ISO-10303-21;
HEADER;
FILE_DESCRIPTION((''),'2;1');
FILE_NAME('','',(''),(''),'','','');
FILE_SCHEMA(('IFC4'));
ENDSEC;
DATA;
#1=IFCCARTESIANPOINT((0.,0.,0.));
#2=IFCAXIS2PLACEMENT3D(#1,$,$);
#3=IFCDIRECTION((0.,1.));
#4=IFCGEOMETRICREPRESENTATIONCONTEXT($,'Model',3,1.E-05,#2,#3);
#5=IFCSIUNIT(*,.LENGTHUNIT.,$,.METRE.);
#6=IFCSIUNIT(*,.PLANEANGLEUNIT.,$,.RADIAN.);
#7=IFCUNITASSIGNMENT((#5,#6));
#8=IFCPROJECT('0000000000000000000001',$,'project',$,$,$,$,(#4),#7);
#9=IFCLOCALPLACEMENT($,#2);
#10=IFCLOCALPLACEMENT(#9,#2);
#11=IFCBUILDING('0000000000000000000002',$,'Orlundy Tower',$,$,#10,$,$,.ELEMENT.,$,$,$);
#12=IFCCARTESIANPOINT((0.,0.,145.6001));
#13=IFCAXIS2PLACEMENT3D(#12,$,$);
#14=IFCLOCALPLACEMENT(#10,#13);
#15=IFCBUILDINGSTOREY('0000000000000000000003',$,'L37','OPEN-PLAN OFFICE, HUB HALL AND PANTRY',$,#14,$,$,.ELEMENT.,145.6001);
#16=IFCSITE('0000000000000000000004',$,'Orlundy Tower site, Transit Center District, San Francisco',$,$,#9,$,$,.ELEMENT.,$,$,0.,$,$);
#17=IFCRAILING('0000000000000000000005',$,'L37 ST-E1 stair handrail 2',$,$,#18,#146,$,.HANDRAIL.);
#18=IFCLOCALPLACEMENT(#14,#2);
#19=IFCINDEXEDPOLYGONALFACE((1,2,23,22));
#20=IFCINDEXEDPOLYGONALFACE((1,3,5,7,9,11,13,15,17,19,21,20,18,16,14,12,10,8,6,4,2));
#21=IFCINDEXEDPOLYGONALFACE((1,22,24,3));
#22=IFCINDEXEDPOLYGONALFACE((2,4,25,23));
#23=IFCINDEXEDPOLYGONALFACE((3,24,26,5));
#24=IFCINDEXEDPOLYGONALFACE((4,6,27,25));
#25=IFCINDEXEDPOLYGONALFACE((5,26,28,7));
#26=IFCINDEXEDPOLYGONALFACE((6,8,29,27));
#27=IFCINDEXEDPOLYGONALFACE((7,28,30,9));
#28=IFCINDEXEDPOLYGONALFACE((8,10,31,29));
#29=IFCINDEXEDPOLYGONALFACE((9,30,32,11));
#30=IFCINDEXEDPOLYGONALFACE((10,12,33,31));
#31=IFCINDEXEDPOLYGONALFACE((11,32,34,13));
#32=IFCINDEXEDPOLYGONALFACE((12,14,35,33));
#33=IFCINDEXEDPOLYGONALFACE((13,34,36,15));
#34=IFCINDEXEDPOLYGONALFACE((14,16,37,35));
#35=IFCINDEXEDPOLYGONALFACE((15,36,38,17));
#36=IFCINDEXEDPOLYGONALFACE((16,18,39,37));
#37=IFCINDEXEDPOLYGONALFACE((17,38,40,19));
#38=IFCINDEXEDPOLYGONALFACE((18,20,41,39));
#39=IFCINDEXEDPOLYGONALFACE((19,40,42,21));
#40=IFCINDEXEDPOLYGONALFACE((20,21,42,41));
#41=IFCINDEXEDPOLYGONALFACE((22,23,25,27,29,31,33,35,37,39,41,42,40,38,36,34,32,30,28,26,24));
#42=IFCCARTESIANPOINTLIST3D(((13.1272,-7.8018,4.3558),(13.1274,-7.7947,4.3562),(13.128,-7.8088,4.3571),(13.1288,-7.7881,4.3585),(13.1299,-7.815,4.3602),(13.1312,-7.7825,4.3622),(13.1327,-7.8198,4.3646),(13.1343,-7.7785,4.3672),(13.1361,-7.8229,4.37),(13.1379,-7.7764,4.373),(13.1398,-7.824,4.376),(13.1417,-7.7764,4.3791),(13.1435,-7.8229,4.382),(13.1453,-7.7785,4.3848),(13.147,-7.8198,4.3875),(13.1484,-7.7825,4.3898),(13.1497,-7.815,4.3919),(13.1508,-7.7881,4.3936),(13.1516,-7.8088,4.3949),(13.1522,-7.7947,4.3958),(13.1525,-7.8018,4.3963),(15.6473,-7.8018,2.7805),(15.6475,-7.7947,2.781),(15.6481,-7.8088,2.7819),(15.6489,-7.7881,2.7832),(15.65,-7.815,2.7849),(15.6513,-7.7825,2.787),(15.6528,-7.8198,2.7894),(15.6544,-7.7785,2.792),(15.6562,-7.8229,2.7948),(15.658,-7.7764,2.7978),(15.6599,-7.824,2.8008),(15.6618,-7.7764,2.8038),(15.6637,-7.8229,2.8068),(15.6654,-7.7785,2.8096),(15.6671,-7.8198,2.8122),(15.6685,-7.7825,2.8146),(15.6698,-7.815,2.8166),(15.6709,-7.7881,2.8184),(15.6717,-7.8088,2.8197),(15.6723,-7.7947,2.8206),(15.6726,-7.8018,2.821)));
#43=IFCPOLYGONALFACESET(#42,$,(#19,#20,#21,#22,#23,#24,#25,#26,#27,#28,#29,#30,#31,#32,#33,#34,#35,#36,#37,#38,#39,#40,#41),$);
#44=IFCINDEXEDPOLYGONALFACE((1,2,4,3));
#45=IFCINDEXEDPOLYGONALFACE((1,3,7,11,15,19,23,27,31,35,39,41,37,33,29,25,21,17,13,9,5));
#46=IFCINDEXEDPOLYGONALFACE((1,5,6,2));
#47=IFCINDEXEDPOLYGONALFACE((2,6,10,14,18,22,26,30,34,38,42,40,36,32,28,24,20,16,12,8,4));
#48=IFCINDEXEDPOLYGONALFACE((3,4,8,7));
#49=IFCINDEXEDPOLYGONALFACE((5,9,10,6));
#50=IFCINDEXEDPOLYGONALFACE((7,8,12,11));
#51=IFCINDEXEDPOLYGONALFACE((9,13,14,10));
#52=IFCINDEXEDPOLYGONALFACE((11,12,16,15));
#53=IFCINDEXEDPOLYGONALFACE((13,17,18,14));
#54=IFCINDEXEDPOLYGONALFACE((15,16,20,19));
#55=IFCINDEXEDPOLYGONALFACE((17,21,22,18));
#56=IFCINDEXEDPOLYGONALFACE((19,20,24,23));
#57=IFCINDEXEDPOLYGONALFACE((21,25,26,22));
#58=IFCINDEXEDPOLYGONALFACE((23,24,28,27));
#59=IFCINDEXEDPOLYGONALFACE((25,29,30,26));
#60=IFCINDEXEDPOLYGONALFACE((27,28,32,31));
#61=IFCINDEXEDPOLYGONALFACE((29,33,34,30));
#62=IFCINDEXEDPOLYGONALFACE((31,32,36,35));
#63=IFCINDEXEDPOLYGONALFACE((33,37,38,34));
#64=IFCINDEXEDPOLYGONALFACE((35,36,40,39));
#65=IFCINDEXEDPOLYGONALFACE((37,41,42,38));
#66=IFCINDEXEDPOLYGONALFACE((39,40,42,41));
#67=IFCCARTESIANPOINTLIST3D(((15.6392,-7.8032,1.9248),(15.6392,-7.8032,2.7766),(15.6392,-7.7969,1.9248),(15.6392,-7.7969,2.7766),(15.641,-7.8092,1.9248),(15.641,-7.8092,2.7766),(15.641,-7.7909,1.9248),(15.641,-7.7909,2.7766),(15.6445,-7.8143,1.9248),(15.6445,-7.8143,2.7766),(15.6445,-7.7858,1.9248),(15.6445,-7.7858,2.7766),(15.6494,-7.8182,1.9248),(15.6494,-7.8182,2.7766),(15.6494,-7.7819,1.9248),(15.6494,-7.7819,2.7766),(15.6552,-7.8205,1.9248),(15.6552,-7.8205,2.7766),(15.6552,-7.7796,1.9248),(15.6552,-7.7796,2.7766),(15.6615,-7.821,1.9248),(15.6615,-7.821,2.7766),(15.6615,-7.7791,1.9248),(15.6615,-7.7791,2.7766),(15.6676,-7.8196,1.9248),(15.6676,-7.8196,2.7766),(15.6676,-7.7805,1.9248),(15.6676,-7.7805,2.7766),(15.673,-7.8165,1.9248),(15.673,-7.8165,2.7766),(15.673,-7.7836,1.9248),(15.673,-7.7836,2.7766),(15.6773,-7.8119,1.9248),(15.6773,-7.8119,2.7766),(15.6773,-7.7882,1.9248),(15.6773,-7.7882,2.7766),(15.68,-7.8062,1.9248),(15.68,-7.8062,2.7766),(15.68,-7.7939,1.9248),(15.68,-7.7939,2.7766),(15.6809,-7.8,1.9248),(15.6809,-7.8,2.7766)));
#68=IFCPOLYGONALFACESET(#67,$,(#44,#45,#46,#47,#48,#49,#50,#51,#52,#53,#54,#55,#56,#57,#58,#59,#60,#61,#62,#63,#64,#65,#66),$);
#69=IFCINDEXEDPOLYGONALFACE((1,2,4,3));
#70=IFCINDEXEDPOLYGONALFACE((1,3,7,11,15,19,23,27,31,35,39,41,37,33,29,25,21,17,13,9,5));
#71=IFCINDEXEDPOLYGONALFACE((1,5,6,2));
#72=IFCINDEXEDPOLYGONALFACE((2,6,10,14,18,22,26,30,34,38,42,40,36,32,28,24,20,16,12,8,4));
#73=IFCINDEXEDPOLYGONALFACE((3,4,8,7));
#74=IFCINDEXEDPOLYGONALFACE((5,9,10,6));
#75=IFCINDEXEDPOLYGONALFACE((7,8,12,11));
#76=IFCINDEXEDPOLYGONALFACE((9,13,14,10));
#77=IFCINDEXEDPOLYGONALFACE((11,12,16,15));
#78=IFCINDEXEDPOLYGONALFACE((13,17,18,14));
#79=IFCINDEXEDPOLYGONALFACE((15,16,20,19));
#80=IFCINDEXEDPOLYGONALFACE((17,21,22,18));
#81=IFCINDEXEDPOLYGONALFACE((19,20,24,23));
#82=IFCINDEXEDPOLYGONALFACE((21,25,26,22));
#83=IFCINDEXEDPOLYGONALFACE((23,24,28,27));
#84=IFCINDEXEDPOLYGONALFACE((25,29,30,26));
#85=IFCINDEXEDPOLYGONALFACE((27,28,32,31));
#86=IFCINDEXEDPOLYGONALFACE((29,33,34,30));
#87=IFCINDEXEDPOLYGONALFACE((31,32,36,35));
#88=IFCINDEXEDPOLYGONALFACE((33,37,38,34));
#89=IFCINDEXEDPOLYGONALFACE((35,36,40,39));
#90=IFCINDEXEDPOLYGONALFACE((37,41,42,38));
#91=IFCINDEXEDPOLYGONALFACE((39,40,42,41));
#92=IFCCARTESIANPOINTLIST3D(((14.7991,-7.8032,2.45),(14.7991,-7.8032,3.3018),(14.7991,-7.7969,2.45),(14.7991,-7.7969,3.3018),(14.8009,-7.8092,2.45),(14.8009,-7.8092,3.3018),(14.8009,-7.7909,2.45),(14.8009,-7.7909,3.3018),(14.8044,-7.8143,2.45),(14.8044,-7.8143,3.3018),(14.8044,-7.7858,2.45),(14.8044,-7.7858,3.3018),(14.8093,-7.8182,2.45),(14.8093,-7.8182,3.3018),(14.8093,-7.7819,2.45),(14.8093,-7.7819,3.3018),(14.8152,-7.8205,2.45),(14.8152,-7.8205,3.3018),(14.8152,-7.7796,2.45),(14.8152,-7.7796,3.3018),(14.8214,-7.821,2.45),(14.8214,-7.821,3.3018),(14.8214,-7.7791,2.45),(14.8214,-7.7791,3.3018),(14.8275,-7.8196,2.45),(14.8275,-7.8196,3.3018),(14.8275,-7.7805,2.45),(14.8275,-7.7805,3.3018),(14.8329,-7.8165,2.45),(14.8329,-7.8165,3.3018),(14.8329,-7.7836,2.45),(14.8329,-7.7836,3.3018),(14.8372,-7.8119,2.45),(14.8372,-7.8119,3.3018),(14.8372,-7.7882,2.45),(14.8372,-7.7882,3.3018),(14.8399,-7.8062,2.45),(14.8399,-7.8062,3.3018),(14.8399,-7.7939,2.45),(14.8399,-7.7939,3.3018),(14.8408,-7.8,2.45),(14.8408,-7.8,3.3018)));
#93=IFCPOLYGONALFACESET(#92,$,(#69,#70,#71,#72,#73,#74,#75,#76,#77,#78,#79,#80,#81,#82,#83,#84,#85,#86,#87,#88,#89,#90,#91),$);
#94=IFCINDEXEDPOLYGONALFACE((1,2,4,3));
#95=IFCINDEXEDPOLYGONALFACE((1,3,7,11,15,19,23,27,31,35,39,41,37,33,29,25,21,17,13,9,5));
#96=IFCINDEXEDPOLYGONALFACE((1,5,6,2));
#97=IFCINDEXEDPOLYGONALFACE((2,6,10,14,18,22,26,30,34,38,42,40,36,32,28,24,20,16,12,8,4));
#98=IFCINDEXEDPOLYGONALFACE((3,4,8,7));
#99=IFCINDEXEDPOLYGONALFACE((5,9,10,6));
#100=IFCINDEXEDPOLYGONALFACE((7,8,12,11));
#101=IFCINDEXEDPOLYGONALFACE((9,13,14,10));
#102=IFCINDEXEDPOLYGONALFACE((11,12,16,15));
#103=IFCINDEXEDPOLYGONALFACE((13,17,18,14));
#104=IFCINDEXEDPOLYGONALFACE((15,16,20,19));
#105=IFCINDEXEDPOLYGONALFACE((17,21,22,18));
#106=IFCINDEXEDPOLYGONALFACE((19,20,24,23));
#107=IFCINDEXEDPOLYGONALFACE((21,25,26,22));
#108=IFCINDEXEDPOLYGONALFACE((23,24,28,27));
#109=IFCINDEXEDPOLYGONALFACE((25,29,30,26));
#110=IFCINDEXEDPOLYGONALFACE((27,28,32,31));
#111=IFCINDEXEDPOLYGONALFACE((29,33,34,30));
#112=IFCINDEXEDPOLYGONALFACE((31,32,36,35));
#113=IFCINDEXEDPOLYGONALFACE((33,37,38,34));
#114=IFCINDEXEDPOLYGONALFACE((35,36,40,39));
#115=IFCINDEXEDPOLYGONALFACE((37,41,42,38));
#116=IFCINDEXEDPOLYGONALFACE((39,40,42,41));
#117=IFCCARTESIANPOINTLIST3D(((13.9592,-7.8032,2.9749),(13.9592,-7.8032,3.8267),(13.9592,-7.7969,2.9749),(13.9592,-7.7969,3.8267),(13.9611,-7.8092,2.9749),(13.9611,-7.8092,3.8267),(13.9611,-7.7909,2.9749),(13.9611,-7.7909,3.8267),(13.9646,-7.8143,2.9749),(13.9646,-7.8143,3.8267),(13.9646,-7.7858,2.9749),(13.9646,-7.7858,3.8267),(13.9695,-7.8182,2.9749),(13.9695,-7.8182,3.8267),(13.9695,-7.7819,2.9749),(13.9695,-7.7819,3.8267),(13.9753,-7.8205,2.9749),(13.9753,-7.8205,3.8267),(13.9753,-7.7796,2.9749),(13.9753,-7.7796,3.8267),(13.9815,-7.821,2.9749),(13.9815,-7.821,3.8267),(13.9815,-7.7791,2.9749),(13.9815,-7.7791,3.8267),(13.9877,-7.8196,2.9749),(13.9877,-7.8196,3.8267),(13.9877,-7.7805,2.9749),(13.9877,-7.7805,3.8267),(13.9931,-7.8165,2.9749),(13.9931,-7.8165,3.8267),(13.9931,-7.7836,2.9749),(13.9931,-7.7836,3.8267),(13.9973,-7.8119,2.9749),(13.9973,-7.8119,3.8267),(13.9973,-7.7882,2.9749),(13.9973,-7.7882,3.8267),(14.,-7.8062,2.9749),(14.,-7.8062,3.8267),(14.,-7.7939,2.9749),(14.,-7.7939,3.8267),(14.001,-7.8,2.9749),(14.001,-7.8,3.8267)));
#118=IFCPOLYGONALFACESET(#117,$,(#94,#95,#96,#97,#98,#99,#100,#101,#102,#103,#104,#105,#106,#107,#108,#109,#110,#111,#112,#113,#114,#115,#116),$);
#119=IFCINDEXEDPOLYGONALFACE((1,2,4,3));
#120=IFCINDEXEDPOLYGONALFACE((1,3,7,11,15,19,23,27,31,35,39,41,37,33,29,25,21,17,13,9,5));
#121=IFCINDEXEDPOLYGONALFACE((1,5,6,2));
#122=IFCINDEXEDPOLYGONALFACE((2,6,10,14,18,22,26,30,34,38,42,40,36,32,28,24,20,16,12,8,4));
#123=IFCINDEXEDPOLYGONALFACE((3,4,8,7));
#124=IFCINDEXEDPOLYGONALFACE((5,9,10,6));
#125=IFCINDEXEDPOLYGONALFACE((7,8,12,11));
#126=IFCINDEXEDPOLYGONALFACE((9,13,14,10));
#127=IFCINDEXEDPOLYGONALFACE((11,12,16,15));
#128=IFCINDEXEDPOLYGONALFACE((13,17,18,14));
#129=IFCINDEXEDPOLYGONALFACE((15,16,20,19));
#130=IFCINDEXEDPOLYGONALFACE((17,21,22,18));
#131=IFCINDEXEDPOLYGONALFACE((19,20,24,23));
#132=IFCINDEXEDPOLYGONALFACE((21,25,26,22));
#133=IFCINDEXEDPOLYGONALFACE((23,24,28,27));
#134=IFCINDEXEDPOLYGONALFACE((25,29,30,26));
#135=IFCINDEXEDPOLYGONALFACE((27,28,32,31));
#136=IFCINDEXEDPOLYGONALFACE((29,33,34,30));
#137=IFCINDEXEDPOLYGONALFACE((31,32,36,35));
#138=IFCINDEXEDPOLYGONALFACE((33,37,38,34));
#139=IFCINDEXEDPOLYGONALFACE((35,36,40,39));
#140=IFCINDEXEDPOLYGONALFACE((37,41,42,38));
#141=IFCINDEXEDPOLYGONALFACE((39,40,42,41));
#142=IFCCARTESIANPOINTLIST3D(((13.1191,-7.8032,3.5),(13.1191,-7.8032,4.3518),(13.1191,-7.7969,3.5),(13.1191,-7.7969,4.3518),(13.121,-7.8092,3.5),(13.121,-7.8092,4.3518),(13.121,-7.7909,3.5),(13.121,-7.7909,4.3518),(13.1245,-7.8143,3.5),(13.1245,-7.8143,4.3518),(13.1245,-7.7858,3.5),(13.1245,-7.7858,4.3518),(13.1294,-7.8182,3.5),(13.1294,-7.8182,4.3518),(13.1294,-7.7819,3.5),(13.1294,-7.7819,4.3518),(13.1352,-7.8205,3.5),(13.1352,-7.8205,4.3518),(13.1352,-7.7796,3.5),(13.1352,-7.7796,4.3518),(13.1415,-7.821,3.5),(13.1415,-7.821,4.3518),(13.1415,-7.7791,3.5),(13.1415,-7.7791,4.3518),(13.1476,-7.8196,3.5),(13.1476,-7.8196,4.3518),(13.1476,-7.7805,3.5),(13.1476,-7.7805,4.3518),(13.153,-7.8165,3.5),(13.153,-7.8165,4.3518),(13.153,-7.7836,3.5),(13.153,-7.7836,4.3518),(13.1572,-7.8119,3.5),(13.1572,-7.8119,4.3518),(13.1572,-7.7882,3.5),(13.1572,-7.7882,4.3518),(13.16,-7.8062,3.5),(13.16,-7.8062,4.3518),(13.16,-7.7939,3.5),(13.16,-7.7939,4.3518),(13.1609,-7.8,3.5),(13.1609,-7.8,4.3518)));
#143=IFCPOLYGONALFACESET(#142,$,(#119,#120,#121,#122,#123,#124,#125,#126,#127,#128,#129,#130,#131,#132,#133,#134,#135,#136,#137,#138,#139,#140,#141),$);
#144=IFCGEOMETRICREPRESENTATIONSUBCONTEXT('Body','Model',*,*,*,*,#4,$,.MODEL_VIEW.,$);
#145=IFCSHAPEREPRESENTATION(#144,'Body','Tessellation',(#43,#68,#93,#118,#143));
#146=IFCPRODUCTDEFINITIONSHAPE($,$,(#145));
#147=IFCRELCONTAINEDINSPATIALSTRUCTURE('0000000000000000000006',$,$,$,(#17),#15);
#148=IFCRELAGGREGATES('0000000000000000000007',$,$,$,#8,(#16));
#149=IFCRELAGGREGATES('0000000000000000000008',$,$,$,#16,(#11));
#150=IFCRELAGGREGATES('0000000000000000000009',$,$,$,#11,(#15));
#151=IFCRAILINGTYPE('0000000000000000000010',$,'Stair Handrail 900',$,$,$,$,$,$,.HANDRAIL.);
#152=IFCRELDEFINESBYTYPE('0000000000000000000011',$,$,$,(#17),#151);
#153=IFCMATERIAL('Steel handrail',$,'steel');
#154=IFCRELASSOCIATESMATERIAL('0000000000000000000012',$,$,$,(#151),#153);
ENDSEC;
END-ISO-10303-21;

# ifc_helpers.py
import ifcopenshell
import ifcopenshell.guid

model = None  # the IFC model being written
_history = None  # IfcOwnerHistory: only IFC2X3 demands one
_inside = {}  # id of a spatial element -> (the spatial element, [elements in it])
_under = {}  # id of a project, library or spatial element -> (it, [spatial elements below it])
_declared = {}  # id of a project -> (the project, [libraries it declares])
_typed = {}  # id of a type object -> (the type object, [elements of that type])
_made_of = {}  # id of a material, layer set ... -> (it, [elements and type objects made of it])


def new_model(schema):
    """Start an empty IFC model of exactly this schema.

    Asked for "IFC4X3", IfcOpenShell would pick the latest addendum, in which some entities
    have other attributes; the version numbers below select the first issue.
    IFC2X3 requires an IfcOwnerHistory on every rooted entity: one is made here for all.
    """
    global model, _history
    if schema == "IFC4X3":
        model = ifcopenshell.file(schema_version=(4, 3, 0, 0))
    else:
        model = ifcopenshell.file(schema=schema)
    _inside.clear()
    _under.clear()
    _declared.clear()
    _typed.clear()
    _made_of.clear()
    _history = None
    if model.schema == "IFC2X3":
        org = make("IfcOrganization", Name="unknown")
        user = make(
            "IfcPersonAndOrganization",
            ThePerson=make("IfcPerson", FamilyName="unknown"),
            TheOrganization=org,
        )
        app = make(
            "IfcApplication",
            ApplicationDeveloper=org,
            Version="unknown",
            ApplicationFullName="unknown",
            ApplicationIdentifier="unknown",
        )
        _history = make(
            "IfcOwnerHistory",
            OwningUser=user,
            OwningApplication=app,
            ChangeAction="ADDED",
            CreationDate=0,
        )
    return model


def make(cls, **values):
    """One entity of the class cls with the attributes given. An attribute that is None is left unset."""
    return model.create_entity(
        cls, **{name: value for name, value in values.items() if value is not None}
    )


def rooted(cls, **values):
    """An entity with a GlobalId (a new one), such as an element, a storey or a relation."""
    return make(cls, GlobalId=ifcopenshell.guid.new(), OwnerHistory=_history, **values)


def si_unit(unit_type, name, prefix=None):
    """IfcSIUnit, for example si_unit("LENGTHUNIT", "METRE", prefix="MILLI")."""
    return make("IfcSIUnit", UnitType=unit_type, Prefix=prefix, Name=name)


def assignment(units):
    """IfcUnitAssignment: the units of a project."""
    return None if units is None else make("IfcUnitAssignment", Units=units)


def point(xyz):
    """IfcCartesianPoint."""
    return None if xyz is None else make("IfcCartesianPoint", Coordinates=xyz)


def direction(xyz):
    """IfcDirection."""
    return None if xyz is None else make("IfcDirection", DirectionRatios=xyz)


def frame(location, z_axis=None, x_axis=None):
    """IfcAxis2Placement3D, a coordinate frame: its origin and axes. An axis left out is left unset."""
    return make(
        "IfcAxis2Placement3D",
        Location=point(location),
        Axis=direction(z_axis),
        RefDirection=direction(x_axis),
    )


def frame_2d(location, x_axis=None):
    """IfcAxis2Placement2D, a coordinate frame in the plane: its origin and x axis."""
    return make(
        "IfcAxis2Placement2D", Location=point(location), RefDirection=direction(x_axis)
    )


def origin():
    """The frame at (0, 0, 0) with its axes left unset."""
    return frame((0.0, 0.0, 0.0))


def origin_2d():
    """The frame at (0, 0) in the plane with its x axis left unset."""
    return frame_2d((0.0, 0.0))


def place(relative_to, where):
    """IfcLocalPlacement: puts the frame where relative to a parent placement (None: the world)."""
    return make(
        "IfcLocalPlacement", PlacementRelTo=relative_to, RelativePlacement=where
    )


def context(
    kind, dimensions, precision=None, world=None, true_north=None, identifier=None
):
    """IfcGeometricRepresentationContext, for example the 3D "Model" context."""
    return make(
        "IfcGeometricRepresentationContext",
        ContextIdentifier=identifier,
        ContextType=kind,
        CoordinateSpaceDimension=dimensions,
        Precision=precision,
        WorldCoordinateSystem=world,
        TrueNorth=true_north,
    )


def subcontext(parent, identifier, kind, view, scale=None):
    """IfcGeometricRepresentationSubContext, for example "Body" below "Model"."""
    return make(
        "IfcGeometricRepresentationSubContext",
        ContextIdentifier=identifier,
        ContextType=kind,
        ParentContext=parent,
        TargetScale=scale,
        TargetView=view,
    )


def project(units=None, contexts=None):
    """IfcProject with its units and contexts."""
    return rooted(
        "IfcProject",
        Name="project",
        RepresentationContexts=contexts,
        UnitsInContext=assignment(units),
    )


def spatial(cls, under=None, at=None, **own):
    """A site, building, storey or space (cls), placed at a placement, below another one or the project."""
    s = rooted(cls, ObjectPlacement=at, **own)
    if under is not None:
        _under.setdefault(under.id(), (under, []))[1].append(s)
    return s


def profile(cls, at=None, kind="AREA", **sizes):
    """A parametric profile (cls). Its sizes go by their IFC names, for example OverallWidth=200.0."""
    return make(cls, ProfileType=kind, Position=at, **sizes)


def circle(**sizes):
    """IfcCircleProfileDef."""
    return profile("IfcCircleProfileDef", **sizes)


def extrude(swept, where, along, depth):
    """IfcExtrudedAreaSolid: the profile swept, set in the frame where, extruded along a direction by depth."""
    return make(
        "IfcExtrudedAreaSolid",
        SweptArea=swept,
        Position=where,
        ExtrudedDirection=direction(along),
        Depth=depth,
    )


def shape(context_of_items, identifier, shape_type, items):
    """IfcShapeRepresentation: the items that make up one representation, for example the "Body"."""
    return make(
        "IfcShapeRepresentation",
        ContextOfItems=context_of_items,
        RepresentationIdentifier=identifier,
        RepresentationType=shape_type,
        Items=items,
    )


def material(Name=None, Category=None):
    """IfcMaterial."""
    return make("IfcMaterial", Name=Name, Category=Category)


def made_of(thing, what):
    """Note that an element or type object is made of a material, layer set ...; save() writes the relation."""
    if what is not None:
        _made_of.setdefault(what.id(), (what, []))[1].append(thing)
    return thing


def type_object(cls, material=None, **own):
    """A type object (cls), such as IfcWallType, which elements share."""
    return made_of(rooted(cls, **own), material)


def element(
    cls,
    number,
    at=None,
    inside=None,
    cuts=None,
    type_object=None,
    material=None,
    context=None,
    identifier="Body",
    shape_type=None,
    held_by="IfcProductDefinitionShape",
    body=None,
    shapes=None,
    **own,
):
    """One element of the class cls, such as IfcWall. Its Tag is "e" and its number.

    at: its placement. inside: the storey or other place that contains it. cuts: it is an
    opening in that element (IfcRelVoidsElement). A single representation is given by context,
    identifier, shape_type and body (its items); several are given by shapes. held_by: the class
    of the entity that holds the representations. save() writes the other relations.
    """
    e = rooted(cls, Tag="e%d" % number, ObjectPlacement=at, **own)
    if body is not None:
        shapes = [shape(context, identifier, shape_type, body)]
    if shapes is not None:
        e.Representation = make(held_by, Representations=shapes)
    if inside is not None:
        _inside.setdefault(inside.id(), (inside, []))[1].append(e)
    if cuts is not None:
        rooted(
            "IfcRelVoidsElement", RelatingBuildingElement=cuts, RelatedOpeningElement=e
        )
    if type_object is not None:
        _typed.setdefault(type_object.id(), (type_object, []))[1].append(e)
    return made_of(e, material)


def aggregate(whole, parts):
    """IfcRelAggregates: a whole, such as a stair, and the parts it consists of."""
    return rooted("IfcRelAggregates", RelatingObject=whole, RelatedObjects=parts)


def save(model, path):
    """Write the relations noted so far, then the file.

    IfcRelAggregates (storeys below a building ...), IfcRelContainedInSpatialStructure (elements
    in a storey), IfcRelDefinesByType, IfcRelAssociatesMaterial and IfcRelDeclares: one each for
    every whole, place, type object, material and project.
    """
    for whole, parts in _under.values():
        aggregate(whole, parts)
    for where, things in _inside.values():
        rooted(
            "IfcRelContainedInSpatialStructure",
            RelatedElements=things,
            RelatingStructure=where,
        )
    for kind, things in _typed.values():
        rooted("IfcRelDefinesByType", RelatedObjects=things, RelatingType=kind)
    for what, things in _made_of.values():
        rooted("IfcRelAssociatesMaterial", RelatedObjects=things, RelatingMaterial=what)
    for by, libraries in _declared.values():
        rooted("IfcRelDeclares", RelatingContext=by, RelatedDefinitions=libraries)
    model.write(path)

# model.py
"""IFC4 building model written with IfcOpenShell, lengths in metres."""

from ifc_helpers import new_model, si_unit, direction, frame, origin, origin_2d, place, context, subcontext, project, spatial, circle, extrude, material, type_object, element, save


model = new_model("IFC4")

# Units and contexts
model_context = context("Model", 3, precision=1e-05, world=origin(), true_north=direction((0.0, 1.0)))
body_context = subcontext(model_context, "Body", "Model", "MODEL_VIEW")
ifc_project = project(units=[si_unit("LENGTHUNIT", "METRE"), si_unit("PLANEANGLEUNIT", "RADIAN")], contexts=[model_context])

# Site, building, storey
site_placement = place(None, origin())
site = spatial("IfcSite", under=ifc_project, at=site_placement, Name="Orlundy Tower site, Transit Center District, San Francisco", CompositionType="ELEMENT", RefElevation=0.0)
building_placement = place(site_placement, origin())
building = spatial("IfcBuilding", under=site, at=building_placement, Name="Orlundy Tower", CompositionType="ELEMENT")
storey_placement = place(building_placement, frame((0.0, 0.0, 145.6001)))
storey = spatial("IfcBuildingStorey", under=building, at=storey_placement, Name="L37", Description="OPEN-PLAN OFFICE, HUB HALL AND PANTRY", CompositionType="ELEMENT", Elevation=145.6001)

# Railing
ifc_material_1 = material(Name="Steel handrail", Category="steel")
railing_type_1 = type_object("IfcRailingType", Name="Stair Handrail 900", PredefinedType="HANDRAIL", material=ifc_material_1)
railing_1_placement = place(storey_placement, frame((15.6599, -7.8, 1.9248)))
element("IfcRailing", 1, at=railing_1_placement, inside=storey, type_object=railing_type_1, Name="L37 ST-E1 stair handrail 2", PredefinedType="HANDRAIL", context=body_context, shape_type="SweptSolid", body=[
    extrude(circle(Radius=0.0239, at=origin_2d()), frame((0.0, 0.0, 0.876), z_axis=(-0.847971, 0.0, 0.530043), x_axis=(0.0, -1.0, 0.0)), (0.0, 0.0, 1.0), 2.9719),
    extrude(circle(Radius=0.021, at=origin_2d()), origin(), (0.0, 0.0, 1.0), 0.8518),
    extrude(circle(Radius=0.021, at=origin_2d()), frame((-0.8401, 0.0, 0.5251)), (0.0, 0.0, 1.0), 0.8518),
    extrude(circle(Radius=0.021, at=origin_2d()), frame((-1.6799, 0.0, 1.05)), (0.0, 0.0, 1.0), 0.8518),
    extrude(circle(Radius=0.021, at=origin_2d()), frame((-2.52, 0.0, 1.5752)), (0.0, 0.0, 1.0), 0.8518),
])

save(model, "model.ifc")
